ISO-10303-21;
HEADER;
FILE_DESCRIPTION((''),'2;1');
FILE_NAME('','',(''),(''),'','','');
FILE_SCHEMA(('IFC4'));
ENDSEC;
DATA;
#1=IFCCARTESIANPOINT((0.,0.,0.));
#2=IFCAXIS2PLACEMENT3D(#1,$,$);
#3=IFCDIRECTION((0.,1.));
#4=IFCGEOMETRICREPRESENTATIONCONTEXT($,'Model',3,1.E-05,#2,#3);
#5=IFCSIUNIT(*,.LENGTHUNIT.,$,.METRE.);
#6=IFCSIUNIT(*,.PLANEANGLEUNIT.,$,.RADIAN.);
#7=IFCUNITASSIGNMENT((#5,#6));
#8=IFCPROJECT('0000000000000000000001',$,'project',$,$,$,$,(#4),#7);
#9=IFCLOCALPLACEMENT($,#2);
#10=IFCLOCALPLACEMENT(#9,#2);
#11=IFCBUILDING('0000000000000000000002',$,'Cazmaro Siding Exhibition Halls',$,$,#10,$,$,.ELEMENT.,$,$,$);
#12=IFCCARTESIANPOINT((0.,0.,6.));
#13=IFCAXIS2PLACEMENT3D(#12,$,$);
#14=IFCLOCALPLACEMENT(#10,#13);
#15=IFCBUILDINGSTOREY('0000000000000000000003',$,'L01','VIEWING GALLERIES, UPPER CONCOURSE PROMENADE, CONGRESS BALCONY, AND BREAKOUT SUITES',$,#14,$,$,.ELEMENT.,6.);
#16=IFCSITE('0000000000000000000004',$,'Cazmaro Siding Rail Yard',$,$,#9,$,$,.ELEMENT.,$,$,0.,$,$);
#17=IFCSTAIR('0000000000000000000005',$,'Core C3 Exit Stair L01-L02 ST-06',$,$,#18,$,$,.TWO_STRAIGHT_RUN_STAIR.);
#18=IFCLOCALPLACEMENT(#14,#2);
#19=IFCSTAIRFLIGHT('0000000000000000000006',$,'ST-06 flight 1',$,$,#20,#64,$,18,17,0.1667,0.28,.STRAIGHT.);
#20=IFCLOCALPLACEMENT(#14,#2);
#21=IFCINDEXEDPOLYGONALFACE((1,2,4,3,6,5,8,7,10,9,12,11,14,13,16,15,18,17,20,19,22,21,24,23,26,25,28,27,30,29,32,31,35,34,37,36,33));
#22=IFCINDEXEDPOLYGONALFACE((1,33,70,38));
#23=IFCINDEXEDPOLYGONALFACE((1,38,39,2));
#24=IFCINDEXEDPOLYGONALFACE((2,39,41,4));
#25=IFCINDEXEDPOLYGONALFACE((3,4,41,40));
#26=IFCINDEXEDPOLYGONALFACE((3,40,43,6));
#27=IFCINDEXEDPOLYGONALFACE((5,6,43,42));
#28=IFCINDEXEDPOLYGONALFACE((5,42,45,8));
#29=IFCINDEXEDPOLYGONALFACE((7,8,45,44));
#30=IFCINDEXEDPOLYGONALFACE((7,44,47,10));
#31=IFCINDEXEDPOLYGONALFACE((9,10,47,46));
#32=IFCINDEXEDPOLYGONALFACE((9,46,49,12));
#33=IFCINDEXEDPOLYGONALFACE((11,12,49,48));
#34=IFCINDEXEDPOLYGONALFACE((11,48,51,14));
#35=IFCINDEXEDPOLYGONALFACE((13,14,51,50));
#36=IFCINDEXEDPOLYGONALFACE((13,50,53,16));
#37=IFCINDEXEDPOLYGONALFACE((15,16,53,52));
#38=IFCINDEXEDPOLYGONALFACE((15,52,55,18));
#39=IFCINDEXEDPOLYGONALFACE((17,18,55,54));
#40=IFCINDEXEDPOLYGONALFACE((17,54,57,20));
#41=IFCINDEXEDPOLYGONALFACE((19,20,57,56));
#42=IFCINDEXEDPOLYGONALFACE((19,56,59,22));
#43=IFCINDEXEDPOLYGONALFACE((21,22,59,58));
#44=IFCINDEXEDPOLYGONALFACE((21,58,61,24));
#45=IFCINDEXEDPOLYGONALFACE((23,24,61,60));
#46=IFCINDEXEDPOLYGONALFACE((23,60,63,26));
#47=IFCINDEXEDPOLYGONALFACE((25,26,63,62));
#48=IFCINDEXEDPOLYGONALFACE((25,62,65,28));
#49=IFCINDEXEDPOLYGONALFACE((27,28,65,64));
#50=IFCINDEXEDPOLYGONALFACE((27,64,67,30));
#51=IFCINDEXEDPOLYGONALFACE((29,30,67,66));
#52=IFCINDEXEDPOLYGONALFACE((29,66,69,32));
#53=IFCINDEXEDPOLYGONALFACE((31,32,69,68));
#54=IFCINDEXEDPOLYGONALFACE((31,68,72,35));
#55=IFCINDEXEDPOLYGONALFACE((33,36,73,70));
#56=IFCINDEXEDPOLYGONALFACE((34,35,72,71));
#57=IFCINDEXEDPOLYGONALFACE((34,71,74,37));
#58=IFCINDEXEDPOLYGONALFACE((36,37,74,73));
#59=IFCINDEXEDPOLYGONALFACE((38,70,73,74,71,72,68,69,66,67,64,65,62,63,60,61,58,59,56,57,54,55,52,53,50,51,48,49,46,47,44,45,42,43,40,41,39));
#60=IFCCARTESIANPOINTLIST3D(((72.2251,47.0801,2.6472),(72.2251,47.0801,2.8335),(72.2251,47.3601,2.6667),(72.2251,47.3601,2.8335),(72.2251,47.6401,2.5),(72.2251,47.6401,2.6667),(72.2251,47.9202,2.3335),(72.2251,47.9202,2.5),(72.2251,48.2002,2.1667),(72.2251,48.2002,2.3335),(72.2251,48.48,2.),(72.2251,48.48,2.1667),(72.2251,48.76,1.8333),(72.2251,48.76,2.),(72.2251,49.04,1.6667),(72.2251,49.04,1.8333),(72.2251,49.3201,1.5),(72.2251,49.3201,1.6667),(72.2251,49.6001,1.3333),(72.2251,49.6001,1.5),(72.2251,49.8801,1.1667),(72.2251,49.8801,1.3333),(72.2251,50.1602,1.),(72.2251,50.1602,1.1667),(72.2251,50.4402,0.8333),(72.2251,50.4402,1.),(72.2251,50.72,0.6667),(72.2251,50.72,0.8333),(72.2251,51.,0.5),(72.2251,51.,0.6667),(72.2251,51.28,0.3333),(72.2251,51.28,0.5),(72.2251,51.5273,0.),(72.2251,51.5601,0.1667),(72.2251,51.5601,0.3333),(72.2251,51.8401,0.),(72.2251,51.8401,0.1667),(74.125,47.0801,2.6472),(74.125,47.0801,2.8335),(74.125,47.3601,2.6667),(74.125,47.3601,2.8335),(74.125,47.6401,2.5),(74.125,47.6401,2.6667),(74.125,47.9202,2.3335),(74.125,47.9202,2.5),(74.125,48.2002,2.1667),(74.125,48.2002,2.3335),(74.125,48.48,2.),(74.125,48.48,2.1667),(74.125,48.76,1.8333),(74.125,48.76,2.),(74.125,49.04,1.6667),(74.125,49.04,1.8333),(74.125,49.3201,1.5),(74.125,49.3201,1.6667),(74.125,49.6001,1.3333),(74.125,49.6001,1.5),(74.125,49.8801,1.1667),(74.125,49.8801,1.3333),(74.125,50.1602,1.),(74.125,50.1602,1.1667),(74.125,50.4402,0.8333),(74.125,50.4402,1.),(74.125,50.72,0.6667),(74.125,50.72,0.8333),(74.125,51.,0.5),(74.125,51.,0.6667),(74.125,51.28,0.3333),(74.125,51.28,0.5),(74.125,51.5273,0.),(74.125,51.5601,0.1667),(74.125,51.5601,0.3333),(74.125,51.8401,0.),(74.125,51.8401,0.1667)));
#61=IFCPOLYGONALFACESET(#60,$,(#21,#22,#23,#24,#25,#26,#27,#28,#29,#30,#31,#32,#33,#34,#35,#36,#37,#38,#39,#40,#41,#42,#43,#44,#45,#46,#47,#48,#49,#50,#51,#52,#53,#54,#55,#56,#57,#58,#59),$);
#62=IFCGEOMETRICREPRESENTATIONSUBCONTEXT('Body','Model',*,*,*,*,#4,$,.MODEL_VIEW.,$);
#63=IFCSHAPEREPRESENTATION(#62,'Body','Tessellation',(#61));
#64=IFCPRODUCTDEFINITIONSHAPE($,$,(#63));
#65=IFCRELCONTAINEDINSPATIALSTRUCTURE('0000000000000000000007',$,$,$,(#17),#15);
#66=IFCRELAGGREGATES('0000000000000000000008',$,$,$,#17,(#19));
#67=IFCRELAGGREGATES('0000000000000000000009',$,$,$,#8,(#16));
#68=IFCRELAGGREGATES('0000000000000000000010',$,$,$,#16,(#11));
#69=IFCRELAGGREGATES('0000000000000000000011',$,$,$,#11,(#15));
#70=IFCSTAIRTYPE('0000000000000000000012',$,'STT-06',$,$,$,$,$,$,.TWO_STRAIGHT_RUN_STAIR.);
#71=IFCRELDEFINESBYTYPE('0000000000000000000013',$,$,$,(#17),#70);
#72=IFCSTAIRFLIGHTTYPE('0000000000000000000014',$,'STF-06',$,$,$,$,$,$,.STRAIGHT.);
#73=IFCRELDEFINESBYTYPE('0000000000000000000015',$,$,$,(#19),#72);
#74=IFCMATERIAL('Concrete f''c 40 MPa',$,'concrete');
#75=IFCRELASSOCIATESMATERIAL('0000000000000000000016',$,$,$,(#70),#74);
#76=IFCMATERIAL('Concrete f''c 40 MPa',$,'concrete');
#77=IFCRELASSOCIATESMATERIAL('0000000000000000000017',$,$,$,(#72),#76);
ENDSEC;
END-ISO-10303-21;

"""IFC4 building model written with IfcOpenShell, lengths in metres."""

from ifc_helpers import new_model, si_unit, direction, frame, origin, place, context, subcontext, project, spatial, polyline, outline, extrude, material, type_object, element, aggregate, save


model = new_model("IFC4")

# Units and contexts
model_context = context("Model", 3, precision=1e-05, world=origin(), true_north=direction((0.0, 1.0)))
body_context = subcontext(model_context, "Body", "Model", "MODEL_VIEW")
ifc_project = project(units=[si_unit("LENGTHUNIT", "METRE"), si_unit("PLANEANGLEUNIT", "RADIAN")], contexts=[model_context])

# Site, building, storey
site_placement = place(None, origin())
site = spatial("IfcSite", under=ifc_project, at=site_placement, Name="Cazmaro Siding Rail Yard", CompositionType="ELEMENT", RefElevation=0.0)
building_placement = place(site_placement, origin())
building = spatial("IfcBuilding", under=site, at=building_placement, Name="Cazmaro Siding Exhibition Halls", CompositionType="ELEMENT")
storey_placement = place(building_placement, frame((0.0, 0.0, 6.0)))
storey = spatial("IfcBuildingStorey", under=building, at=storey_placement, Name="L01", Description="VIEWING GALLERIES, UPPER CONCOURSE PROMENADE, CONGRESS BALCONY, AND BREAKOUT SUITES", CompositionType="ELEMENT", Elevation=6.0)

# Stair, stair flight
ifc_material_1 = material(Name="Concrete f'c 40 MPa", Category="concrete")
stair_type = type_object("IfcStairType", Name="STT-06", PredefinedType="TWO_STRAIGHT_RUN_STAIR", material=ifc_material_1)
stair_placement = place(storey_placement, origin())
stair = element("IfcStair", 1, at=stair_placement, inside=storey, type_object=stair_type, Name="Core C3 Exit Stair L01-L02 ST-06", PredefinedType="TWO_STRAIGHT_RUN_STAIR")
ifc_material_2 = material(Name="Concrete f'c 40 MPa", Category="concrete")
stair_flight_type = type_object("IfcStairFlightType", Name="STF-06", PredefinedType="STRAIGHT", material=ifc_material_2)
stair_flight_placement = place(storey_placement, frame((73.175, 51.8401, 0.0), z_axis=(0.0, 0.0, 1.0), x_axis=(0.0, -1.0, 0.0)))
stair_flight = element("IfcStairFlight", 2, at=stair_flight_placement, type_object=stair_flight_type, Name="ST-06 flight 1", NumberOfRisers=18, NumberOfTreads=17, PredefinedType="STRAIGHT", RiserHeight=0.1667, TreadLength=0.28, context=body_context, shape_type="SweptSolid", body=[
    extrude(outline(polyline([(0.0, 0.0), (0.0, 0.1667), (0.28, 0.1667), (0.28, 0.3333), (0.5601, 0.3333), (0.5601, 0.5), (0.8401, 0.5), (0.8401, 0.6667), (1.1201, 0.6667), (1.1201, 0.8333), (1.3999, 0.8333), (1.3999, 1.0), (1.6799, 1.0), (1.6799, 1.1667), (1.96, 1.1667), (1.96, 1.3333), (2.24, 1.3333), (2.24, 1.5), (2.52, 1.5), (2.52, 1.6667), (2.8, 1.6667), (2.8, 1.8333), (3.0801, 1.8333), (3.0801, 2.0), (3.3601, 2.0), (3.3601, 2.1667), (3.6399, 2.1667), (3.6399, 2.3335), (3.9199, 2.3335), (3.9199, 2.5), (4.2, 2.5), (4.2, 2.6667), (4.48, 2.6667), (4.48, 2.8335), (4.76, 2.8335), (4.76, 3.0), (4.76, 2.6472), (0.3127, 0.0), (0.0, 0.0)])), frame((0.0, 0.95, 0.0), z_axis=(0.0, -1.0, 0.0), x_axis=(1.0, 0.0, 0.0)), (0.0, 0.0, 1.0), 1.8999),
])
aggregate(stair, [stair_flight])

save(model, "model.ifc")
